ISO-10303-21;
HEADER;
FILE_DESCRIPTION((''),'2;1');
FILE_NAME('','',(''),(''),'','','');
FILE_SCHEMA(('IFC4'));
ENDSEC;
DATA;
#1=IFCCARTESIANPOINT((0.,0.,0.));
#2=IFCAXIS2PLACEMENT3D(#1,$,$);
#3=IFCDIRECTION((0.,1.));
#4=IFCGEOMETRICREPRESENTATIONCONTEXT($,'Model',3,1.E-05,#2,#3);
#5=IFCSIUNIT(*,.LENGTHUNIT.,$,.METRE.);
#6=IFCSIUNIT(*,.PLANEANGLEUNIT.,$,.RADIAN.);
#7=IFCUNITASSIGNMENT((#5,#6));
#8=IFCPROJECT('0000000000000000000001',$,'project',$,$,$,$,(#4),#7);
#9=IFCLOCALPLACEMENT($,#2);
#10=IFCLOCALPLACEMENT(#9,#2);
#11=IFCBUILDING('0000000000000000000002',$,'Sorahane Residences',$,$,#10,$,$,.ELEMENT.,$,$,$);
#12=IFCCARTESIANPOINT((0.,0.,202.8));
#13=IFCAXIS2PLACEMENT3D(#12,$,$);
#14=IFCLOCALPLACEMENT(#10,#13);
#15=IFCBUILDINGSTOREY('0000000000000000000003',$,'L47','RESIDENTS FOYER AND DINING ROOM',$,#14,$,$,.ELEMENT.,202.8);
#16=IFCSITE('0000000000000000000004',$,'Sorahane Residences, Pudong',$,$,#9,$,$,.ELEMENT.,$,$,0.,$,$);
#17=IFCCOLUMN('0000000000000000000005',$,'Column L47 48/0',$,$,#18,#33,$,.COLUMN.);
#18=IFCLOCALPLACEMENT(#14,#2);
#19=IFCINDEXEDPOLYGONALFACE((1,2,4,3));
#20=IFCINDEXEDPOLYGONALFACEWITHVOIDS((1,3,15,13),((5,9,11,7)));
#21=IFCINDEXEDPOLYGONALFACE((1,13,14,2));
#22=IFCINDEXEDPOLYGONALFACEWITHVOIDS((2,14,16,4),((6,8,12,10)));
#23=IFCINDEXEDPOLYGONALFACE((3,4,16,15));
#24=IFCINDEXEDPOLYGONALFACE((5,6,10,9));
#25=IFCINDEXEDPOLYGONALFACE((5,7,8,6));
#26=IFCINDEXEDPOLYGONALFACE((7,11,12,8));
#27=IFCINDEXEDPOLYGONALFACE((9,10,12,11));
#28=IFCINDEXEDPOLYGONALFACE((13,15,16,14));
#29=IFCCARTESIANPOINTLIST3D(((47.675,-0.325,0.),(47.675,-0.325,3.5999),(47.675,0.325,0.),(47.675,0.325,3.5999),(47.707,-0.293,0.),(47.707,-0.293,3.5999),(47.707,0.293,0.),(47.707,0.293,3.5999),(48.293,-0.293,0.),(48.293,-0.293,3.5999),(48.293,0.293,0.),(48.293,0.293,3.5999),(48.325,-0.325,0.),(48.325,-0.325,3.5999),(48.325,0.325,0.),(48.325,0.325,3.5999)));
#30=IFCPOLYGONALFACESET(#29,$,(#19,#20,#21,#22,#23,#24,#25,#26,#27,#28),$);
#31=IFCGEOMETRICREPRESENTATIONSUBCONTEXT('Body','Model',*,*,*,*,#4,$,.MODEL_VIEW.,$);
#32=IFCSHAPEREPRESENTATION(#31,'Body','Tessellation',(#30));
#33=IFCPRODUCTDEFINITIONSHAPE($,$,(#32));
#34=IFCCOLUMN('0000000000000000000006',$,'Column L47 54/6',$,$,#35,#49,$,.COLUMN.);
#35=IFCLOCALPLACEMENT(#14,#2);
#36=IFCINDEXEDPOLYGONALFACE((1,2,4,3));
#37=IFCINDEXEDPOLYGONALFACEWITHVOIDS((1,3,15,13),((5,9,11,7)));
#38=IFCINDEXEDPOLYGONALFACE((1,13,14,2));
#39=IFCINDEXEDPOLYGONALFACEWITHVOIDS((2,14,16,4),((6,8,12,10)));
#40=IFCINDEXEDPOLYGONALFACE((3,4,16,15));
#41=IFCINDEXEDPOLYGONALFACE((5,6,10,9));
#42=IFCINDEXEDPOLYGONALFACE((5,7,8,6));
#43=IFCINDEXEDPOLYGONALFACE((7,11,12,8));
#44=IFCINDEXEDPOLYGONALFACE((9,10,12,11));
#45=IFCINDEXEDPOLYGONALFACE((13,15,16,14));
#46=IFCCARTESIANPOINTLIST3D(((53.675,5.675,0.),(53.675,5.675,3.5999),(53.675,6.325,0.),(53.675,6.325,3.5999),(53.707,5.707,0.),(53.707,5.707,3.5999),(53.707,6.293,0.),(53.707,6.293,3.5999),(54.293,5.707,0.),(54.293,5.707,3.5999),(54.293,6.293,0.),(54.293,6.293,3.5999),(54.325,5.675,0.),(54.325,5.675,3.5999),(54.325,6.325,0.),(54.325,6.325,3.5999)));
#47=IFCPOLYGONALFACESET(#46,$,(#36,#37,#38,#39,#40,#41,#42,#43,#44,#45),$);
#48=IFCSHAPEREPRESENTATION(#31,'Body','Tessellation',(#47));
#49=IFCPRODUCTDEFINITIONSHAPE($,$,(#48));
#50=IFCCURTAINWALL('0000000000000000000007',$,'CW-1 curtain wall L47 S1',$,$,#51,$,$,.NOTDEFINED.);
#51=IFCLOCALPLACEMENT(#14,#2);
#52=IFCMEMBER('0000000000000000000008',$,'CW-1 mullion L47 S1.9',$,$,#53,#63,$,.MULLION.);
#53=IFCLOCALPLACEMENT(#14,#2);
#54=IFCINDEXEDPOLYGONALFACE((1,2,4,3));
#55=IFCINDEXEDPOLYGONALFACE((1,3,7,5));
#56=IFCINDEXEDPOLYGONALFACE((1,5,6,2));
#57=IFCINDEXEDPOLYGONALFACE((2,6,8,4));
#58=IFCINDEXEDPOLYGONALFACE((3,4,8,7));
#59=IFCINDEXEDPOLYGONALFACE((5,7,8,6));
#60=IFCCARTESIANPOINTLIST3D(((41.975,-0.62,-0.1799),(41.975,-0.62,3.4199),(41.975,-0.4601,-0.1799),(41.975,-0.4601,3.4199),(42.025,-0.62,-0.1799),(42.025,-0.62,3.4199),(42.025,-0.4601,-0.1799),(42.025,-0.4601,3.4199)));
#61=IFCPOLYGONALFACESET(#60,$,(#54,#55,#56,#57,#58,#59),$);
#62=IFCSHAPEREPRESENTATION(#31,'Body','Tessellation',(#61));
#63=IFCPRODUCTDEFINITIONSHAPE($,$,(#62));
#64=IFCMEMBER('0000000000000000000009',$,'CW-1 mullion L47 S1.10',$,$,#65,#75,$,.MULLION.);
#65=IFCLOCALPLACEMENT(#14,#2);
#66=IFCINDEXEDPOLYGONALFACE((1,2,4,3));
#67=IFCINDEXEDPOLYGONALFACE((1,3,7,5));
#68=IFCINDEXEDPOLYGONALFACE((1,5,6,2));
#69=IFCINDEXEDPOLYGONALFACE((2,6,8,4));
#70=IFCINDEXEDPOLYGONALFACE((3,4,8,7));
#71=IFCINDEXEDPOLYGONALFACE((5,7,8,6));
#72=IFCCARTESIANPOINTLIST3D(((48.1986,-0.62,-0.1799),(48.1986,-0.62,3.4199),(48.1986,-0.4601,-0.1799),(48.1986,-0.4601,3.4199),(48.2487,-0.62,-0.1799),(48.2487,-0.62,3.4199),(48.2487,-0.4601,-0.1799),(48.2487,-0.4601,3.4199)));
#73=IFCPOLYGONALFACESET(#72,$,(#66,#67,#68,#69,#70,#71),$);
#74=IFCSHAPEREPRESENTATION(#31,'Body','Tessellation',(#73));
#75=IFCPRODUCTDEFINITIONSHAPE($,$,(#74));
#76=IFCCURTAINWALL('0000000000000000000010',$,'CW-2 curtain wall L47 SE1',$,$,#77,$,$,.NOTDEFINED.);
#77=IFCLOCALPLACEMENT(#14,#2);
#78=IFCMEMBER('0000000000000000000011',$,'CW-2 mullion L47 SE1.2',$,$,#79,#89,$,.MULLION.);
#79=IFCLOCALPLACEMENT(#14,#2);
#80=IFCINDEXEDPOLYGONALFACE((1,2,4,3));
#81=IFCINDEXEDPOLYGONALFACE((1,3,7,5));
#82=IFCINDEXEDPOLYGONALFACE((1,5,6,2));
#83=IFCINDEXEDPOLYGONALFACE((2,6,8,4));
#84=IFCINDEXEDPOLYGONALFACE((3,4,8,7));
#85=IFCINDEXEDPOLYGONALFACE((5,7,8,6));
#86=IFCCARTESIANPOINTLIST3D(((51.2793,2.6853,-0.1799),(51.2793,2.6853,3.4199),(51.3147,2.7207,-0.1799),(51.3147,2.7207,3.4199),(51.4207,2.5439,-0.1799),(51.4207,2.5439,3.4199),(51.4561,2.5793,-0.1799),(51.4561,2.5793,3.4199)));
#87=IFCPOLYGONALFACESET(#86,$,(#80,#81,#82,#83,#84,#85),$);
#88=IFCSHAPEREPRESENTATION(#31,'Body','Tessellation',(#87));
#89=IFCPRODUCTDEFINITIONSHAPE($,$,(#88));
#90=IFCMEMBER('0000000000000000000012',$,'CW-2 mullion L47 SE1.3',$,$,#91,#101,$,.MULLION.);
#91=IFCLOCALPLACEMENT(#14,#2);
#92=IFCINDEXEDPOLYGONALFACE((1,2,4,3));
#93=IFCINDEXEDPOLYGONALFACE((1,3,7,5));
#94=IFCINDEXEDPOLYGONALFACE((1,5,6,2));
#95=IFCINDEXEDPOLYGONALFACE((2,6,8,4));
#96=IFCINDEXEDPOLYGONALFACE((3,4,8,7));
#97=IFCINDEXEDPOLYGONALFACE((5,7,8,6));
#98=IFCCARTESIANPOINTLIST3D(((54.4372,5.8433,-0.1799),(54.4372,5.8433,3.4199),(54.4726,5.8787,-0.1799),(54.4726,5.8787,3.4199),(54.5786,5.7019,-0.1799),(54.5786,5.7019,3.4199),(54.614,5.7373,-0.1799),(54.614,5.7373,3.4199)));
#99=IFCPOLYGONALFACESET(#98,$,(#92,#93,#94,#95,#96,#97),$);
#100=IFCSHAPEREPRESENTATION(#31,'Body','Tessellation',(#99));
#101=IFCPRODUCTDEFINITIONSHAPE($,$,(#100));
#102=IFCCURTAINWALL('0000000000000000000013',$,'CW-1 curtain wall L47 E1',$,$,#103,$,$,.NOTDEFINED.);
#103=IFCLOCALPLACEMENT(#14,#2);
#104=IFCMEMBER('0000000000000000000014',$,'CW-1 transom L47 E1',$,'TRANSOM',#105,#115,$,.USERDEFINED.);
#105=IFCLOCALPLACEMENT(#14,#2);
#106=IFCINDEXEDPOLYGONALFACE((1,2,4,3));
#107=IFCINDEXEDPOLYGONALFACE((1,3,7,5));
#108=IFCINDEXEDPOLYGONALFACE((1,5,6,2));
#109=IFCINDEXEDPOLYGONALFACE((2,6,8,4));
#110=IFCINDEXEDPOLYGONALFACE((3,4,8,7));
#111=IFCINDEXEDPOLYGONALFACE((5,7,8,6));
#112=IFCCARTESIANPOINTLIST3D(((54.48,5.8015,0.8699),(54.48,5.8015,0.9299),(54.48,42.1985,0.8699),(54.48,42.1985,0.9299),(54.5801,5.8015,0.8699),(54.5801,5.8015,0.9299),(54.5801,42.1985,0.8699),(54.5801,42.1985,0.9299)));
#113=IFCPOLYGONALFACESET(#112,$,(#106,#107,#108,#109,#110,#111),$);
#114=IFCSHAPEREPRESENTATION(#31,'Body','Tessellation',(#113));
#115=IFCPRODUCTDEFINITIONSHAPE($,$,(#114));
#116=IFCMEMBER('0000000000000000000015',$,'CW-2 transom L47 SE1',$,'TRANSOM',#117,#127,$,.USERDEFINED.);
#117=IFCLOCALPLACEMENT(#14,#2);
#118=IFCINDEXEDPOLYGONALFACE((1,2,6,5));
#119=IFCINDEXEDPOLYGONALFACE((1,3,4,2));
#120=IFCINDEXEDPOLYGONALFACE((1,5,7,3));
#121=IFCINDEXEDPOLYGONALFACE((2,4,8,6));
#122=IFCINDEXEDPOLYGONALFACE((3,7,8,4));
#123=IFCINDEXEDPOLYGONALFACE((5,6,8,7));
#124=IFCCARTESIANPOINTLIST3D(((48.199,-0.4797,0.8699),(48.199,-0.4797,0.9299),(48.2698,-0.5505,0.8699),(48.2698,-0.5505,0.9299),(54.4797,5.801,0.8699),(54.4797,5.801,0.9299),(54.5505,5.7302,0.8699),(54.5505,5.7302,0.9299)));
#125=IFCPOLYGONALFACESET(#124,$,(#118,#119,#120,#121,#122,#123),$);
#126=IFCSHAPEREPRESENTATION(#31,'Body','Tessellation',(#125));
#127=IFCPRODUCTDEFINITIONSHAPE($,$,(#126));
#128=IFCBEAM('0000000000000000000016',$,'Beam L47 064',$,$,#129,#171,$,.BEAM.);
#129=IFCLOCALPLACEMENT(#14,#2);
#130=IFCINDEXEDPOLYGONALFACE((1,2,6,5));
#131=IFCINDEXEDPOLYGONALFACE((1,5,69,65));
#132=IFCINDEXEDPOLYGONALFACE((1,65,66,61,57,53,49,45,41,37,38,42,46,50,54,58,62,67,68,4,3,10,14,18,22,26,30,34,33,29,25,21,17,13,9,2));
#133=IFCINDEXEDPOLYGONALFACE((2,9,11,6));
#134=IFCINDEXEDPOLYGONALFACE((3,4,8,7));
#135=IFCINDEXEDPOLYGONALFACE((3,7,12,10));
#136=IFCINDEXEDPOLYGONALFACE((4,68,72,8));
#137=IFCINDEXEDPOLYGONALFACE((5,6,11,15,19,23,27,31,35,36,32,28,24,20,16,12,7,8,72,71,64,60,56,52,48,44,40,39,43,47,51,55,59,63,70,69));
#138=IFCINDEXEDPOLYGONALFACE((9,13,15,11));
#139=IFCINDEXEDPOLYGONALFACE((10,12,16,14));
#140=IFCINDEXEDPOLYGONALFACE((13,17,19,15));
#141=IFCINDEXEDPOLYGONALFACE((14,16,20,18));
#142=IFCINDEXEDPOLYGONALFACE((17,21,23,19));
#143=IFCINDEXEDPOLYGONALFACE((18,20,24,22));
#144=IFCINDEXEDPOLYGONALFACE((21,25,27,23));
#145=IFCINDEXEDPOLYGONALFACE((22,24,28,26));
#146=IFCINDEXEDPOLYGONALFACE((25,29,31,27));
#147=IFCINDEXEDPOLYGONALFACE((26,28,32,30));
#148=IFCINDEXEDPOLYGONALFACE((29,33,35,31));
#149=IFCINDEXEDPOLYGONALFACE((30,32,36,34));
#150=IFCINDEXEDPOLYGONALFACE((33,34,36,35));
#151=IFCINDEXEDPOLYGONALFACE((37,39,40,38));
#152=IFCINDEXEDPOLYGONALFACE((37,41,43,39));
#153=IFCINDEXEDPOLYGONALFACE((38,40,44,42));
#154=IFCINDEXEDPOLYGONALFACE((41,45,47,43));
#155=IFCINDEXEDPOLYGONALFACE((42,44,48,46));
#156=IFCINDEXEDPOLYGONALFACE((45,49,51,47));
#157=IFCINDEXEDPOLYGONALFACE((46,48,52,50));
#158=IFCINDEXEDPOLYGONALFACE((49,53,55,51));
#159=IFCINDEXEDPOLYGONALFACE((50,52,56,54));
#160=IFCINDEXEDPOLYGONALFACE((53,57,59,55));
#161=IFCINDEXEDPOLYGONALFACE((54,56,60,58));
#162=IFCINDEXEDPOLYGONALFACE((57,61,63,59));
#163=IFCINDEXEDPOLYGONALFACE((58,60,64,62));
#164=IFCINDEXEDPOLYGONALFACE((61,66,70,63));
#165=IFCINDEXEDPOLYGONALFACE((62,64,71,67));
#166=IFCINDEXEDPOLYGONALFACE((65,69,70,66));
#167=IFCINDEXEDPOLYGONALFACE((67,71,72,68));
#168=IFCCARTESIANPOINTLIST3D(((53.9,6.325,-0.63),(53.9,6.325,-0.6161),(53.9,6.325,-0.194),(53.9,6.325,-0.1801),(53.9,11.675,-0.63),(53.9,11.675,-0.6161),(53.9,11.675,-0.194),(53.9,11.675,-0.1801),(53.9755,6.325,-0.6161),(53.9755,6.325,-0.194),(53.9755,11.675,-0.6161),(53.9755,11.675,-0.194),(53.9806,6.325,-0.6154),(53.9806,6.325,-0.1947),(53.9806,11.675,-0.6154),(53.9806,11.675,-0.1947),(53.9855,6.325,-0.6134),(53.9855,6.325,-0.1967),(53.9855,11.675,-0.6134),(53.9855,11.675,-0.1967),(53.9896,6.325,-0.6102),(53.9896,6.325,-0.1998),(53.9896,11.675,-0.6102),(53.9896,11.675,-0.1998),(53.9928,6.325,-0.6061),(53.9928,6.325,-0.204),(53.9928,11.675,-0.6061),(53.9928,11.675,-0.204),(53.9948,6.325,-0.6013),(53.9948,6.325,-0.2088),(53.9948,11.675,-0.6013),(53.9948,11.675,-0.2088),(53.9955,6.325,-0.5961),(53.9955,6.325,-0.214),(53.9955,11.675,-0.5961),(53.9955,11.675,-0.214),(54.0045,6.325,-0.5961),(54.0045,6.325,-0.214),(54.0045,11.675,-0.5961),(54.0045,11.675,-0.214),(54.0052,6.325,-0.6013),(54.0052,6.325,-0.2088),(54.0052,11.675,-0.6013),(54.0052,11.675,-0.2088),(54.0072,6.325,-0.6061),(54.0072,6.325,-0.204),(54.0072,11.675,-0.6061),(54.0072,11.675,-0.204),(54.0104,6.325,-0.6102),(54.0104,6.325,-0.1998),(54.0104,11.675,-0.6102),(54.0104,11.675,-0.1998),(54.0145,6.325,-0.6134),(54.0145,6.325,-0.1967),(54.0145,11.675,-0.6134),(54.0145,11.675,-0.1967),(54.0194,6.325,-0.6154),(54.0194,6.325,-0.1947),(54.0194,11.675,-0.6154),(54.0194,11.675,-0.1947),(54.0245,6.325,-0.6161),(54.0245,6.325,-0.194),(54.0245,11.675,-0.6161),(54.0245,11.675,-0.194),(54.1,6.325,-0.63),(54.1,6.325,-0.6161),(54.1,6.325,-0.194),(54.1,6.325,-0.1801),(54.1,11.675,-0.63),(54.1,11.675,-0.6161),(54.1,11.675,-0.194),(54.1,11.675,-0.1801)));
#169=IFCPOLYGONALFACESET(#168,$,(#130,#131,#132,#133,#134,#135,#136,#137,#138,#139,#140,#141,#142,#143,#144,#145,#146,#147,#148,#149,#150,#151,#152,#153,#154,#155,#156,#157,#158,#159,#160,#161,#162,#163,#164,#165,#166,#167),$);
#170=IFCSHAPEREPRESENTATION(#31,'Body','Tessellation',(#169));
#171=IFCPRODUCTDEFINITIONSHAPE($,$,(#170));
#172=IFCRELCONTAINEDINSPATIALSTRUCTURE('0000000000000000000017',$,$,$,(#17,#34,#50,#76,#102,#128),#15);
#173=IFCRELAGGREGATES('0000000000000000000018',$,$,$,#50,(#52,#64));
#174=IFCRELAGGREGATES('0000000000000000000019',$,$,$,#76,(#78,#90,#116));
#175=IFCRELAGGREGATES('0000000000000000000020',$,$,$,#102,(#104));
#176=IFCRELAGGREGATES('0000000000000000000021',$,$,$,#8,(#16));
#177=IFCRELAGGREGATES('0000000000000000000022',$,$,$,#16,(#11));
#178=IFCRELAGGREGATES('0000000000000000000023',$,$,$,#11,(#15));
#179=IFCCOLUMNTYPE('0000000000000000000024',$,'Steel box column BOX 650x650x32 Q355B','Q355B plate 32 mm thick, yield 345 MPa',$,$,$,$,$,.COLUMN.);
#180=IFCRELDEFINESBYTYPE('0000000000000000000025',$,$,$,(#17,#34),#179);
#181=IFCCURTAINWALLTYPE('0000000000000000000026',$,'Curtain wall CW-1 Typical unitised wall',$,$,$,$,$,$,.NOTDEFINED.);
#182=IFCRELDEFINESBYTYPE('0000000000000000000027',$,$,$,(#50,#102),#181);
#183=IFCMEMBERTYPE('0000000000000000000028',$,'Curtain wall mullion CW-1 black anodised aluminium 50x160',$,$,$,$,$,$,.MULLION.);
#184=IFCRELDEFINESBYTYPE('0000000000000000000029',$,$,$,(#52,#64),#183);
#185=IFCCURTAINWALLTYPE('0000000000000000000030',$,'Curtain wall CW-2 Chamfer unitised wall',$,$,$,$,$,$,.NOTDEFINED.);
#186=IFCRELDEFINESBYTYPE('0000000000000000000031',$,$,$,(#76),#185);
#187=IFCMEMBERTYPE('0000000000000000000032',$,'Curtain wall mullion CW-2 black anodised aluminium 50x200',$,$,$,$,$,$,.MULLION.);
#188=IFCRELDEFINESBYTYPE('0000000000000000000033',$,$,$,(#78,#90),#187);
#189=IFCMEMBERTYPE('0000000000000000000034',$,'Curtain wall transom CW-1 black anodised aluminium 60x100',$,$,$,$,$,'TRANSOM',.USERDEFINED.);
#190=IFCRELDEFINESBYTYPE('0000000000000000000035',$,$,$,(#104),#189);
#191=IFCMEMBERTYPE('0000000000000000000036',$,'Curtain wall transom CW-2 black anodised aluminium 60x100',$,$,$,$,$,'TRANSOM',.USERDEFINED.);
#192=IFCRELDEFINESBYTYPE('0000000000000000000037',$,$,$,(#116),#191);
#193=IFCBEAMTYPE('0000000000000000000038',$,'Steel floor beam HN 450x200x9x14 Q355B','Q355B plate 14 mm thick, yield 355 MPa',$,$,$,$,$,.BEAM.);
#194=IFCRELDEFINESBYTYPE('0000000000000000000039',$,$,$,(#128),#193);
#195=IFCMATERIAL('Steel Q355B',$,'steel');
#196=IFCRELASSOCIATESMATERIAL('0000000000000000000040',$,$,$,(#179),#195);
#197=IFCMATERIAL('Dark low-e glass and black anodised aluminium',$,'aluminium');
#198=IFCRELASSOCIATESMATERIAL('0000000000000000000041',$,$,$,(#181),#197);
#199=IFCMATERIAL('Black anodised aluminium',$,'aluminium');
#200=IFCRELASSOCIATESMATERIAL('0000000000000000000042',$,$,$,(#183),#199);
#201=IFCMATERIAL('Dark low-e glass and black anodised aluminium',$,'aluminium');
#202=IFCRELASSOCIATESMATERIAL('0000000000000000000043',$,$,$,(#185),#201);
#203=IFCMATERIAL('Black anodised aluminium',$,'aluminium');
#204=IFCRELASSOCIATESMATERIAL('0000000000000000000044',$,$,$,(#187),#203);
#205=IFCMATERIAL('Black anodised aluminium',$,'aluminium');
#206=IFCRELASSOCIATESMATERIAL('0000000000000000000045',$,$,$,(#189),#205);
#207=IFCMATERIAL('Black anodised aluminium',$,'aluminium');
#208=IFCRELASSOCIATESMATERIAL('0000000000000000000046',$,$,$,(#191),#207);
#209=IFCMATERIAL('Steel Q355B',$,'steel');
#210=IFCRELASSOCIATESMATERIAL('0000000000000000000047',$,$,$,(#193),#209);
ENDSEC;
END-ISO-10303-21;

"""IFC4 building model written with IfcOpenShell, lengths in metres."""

from ifc_helpers import new_model, si_unit, direction, frame, origin, origin_2d, place, context, subcontext, project, spatial, rectangle, hollow_rectangle, i_section, extrude, material, material_profile, profile_set, type_object, element, aggregate, save


model = new_model("IFC4")

# Units and contexts
model_context = context("Model", 3, precision=1e-05, world=origin(), true_north=direction((0.0, 1.0)))
body_context = subcontext(model_context, "Body", "Model", "MODEL_VIEW")
ifc_project = project(units=[si_unit("LENGTHUNIT", "METRE"), si_unit("PLANEANGLEUNIT", "RADIAN")], contexts=[model_context])

# Site, building, storey
site_placement = place(None, origin())
site = spatial("IfcSite", under=ifc_project, at=site_placement, Name="Sorahane Residences, Pudong", CompositionType="ELEMENT", RefElevation=0.0)
building_placement = place(site_placement, origin())
building = spatial("IfcBuilding", under=site, at=building_placement, Name="Sorahane Residences", CompositionType="ELEMENT")
storey_placement = place(building_placement, frame((0.0, 0.0, 202.8)))
storey = spatial("IfcBuildingStorey", under=building, at=storey_placement, Name="L47", Description="RESIDENTS FOYER AND DINING ROOM", CompositionType="ELEMENT", Elevation=202.8)

# Columns
ifc_material_1 = material(Name="Steel Q355B", Category="steel")
ifc_material_profile_1 = material_profile(ifc_material_1, hollow_rectangle(XDim=0.6499, YDim=0.6499, WallThickness=0.032, at=origin_2d()), Name="BOX 650x650x32")
ifc_profile_set_1 = profile_set([ifc_material_profile_1], Name="Steel Q355B")
column_type = type_object("IfcColumnType", Name="Steel box column BOX 650x650x32 Q355B", Description="Q355B plate 32 mm thick, yield 345 MPa", PredefinedType="COLUMN", material=ifc_profile_set_1)
for number, where, z_axis, x_axis, name in (
    (1, (48.0, 0.0, 0.0), (0.0, 0.0, 1.0), (1.0, 0.0, 0.0), "Column L47 48/0"),
    (2, (54.0, 6.0, 0.0), (0.0, 0.0, 1.0), (1.0, 0.0, 0.0), "Column L47 54/6"),
):
    element("IfcColumn", number, at=place(storey_placement, frame(where, z_axis=z_axis, x_axis=x_axis)), inside=storey, type_object=column_type, Name=name, PredefinedType="COLUMN", context=body_context, shape_type="SweptSolid", body=[
        extrude(hollow_rectangle(XDim=0.6499, YDim=0.6499, WallThickness=0.032, at=origin_2d()), origin(), (0.0, 0.0, 1.0), 3.5999),
    ])

# Curtain walls, members
ifc_material_2 = material(Name="Dark low-e glass and black anodised aluminium", Category="aluminium")
curtain_wall_type_1 = type_object("IfcCurtainWallType", Name="Curtain wall CW-1 Typical unitised wall", PredefinedType="NOTDEFINED", material=ifc_material_2)
curtain_wall_1_placement = place(storey_placement, origin())
curtain_wall_1 = element("IfcCurtainWall", 3, at=curtain_wall_1_placement, inside=storey, type_object=curtain_wall_type_1, Name="CW-1 curtain wall L47 S1", PredefinedType="NOTDEFINED")
ifc_material_3 = material(Name="Black anodised aluminium", Category="aluminium")
ifc_material_profile_2 = material_profile(ifc_material_3, rectangle(XDim=0.1599, YDim=0.05, at=origin_2d()), Name="Curtain wall mullion CW-1 black anodised aluminium 50x160")
ifc_profile_set_2 = profile_set([ifc_material_profile_2], Name="Black anodised aluminium")
member_type_1 = type_object("IfcMemberType", Name="Curtain wall mullion CW-1 black anodised aluminium 50x160", PredefinedType="MULLION", material=ifc_profile_set_2)
member_1_placement = place(storey_placement, frame((42.0, -0.54, -0.1799), z_axis=(0.0, 0.0, 1.0), x_axis=(0.0, -1.0, 0.0)))
member_1 = element("IfcMember", 4, at=member_1_placement, type_object=member_type_1, Name="CW-1 mullion L47 S1.9", PredefinedType="MULLION", context=body_context, shape_type="SweptSolid", body=[
    extrude(rectangle(XDim=0.1599, YDim=0.05, at=origin_2d()), origin(), (0.0, 0.0, 1.0), 3.5999),
])
member_2_placement = place(storey_placement, frame((48.2236, -0.54, -0.1799), z_axis=(0.0, 0.0, 1.0), x_axis=(0.0, -1.0, 0.0)))
member_2 = element("IfcMember", 5, at=member_2_placement, type_object=member_type_1, Name="CW-1 mullion L47 S1.10", PredefinedType="MULLION", context=body_context, shape_type="SweptSolid", body=[
    extrude(rectangle(XDim=0.1599, YDim=0.05, at=origin_2d()), origin(), (0.0, 0.0, 1.0), 3.5999),
])
ifc_material_4 = material(Name="Dark low-e glass and black anodised aluminium", Category="aluminium")
curtain_wall_type_2 = type_object("IfcCurtainWallType", Name="Curtain wall CW-2 Chamfer unitised wall", PredefinedType="NOTDEFINED", material=ifc_material_4)
curtain_wall_2_placement = place(storey_placement, origin())
curtain_wall_2 = element("IfcCurtainWall", 6, at=curtain_wall_2_placement, inside=storey, type_object=curtain_wall_type_2, Name="CW-2 curtain wall L47 SE1", PredefinedType="NOTDEFINED")
ifc_material_5 = material(Name="Black anodised aluminium", Category="aluminium")
ifc_material_profile_3 = material_profile(ifc_material_5, rectangle(XDim=0.2, YDim=0.05, at=origin_2d()), Name="Curtain wall mullion CW-2 black anodised aluminium 50x200")
ifc_profile_set_3 = profile_set([ifc_material_profile_3], Name="Black anodised aluminium")
member_type_2 = type_object("IfcMemberType", Name="Curtain wall mullion CW-2 black anodised aluminium 50x200", PredefinedType="MULLION", material=ifc_profile_set_3)
member_3_placement = place(storey_placement, frame((51.3677, 2.6323, -0.1799), z_axis=(0.0, 0.0, 1.0), x_axis=(0.707107, -0.707107, 0.0)))
member_3 = element("IfcMember", 7, at=member_3_placement, type_object=member_type_2, Name="CW-2 mullion L47 SE1.2", PredefinedType="MULLION", context=body_context, shape_type="SweptSolid", body=[
    extrude(rectangle(XDim=0.2, YDim=0.05, at=origin_2d()), origin(), (0.0, 0.0, 1.0), 3.5999),
])
member_4_placement = place(storey_placement, frame((54.5256, 5.7903, -0.1799), z_axis=(0.0, 0.0, 1.0), x_axis=(0.707107, -0.707107, 0.0)))
member_4 = element("IfcMember", 8, at=member_4_placement, type_object=member_type_2, Name="CW-2 mullion L47 SE1.3", PredefinedType="MULLION", context=body_context, shape_type="SweptSolid", body=[
    extrude(rectangle(XDim=0.2, YDim=0.05, at=origin_2d()), origin(), (0.0, 0.0, 1.0), 3.5999),
])

# Curtain wall, member
curtain_wall_3_placement = place(storey_placement, origin())
curtain_wall_3 = element("IfcCurtainWall", 9, at=curtain_wall_3_placement, inside=storey, type_object=curtain_wall_type_1, Name="CW-1 curtain wall L47 E1", PredefinedType="NOTDEFINED")
ifc_material_6 = material(Name="Black anodised aluminium", Category="aluminium")
ifc_material_profile_4 = material_profile(ifc_material_6, rectangle(XDim=0.1001, YDim=0.0601, at=origin_2d()), Name="Curtain wall transom CW-1 black anodised aluminium 60x100")
ifc_profile_set_4 = profile_set([ifc_material_profile_4], Name="Black anodised aluminium")
member_type_3 = type_object("IfcMemberType", Name="Curtain wall transom CW-1 black anodised aluminium 60x100", ElementType="TRANSOM", PredefinedType="USERDEFINED", material=ifc_profile_set_4)
member_5_placement = place(storey_placement, frame((54.53, 5.8015, 0.8999), z_axis=(0.0, 1.0, 0.0), x_axis=(-1.0, 0.0, 0.0)))
member_5 = element("IfcMember", 10, at=member_5_placement, type_object=member_type_3, Name="CW-1 transom L47 E1", ObjectType="TRANSOM", PredefinedType="USERDEFINED", context=body_context, shape_type="SweptSolid", body=[
    extrude(rectangle(XDim=0.1001, YDim=0.0601, at=origin_2d()), origin(), (0.0, 0.0, 1.0), 36.397),
])

# Member
ifc_material_7 = material(Name="Black anodised aluminium", Category="aluminium")
ifc_material_profile_5 = material_profile(ifc_material_7, rectangle(XDim=0.1001, YDim=0.0601, at=origin_2d()), Name="Curtain wall transom CW-2 black anodised aluminium 60x100")
ifc_profile_set_5 = profile_set([ifc_material_profile_5], Name="Black anodised aluminium")
member_type_4 = type_object("IfcMemberType", Name="Curtain wall transom CW-2 black anodised aluminium 60x100", ElementType="TRANSOM", PredefinedType="USERDEFINED", material=ifc_profile_set_5)
member_6_placement = place(storey_placement, frame((48.2344, -0.5151, 0.8999), z_axis=(0.707107, 0.707107, 0.0), x_axis=(-0.707107, 0.707107, 0.0)))
member_6 = element("IfcMember", 11, at=member_6_placement, type_object=member_type_4, Name="CW-2 transom L47 SE1", ObjectType="TRANSOM", PredefinedType="USERDEFINED", context=body_context, shape_type="SweptSolid", body=[
    extrude(rectangle(XDim=0.1001, YDim=0.0601, at=origin_2d()), origin(), (0.0, 0.0, 1.0), 8.8823),
])

# Beam
ifc_material_8 = material(Name="Steel Q355B", Category="steel")
ifc_material_profile_6 = material_profile(ifc_material_8, i_section(OverallWidth=0.2, OverallDepth=0.45, WebThickness=0.009, FlangeThickness=0.0139, FilletRadius=0.02, at=origin_2d()), Name="HN 450x200x9x14")
ifc_profile_set_6 = profile_set([ifc_material_profile_6], Name="Steel Q355B")
beam_type_1 = type_object("IfcBeamType", Name="Steel floor beam HN 450x200x9x14 Q355B", Description="Q355B plate 14 mm thick, yield 355 MPa", PredefinedType="BEAM", material=ifc_profile_set_6)
beam_1_placement = place(storey_placement, frame((54.0, 6.325, -0.405), z_axis=(0.0, 1.0, 0.0), x_axis=(-1.0, 0.0, 0.0)))
element("IfcBeam", 12, at=beam_1_placement, inside=storey, type_object=beam_type_1, Name="Beam L47 064", PredefinedType="BEAM", context=body_context, shape_type="SweptSolid", body=[
    extrude(i_section(OverallWidth=0.2, OverallDepth=0.45, WebThickness=0.009, FlangeThickness=0.0139, FilletRadius=0.02, at=origin_2d()), origin(), (0.0, 0.0, 1.0), 5.3501),
])

aggregate(curtain_wall_1, [member_1, member_2])
aggregate(curtain_wall_2, [member_3, member_4, member_6])
aggregate(curtain_wall_3, [member_5])

save(model, "model.ifc")
